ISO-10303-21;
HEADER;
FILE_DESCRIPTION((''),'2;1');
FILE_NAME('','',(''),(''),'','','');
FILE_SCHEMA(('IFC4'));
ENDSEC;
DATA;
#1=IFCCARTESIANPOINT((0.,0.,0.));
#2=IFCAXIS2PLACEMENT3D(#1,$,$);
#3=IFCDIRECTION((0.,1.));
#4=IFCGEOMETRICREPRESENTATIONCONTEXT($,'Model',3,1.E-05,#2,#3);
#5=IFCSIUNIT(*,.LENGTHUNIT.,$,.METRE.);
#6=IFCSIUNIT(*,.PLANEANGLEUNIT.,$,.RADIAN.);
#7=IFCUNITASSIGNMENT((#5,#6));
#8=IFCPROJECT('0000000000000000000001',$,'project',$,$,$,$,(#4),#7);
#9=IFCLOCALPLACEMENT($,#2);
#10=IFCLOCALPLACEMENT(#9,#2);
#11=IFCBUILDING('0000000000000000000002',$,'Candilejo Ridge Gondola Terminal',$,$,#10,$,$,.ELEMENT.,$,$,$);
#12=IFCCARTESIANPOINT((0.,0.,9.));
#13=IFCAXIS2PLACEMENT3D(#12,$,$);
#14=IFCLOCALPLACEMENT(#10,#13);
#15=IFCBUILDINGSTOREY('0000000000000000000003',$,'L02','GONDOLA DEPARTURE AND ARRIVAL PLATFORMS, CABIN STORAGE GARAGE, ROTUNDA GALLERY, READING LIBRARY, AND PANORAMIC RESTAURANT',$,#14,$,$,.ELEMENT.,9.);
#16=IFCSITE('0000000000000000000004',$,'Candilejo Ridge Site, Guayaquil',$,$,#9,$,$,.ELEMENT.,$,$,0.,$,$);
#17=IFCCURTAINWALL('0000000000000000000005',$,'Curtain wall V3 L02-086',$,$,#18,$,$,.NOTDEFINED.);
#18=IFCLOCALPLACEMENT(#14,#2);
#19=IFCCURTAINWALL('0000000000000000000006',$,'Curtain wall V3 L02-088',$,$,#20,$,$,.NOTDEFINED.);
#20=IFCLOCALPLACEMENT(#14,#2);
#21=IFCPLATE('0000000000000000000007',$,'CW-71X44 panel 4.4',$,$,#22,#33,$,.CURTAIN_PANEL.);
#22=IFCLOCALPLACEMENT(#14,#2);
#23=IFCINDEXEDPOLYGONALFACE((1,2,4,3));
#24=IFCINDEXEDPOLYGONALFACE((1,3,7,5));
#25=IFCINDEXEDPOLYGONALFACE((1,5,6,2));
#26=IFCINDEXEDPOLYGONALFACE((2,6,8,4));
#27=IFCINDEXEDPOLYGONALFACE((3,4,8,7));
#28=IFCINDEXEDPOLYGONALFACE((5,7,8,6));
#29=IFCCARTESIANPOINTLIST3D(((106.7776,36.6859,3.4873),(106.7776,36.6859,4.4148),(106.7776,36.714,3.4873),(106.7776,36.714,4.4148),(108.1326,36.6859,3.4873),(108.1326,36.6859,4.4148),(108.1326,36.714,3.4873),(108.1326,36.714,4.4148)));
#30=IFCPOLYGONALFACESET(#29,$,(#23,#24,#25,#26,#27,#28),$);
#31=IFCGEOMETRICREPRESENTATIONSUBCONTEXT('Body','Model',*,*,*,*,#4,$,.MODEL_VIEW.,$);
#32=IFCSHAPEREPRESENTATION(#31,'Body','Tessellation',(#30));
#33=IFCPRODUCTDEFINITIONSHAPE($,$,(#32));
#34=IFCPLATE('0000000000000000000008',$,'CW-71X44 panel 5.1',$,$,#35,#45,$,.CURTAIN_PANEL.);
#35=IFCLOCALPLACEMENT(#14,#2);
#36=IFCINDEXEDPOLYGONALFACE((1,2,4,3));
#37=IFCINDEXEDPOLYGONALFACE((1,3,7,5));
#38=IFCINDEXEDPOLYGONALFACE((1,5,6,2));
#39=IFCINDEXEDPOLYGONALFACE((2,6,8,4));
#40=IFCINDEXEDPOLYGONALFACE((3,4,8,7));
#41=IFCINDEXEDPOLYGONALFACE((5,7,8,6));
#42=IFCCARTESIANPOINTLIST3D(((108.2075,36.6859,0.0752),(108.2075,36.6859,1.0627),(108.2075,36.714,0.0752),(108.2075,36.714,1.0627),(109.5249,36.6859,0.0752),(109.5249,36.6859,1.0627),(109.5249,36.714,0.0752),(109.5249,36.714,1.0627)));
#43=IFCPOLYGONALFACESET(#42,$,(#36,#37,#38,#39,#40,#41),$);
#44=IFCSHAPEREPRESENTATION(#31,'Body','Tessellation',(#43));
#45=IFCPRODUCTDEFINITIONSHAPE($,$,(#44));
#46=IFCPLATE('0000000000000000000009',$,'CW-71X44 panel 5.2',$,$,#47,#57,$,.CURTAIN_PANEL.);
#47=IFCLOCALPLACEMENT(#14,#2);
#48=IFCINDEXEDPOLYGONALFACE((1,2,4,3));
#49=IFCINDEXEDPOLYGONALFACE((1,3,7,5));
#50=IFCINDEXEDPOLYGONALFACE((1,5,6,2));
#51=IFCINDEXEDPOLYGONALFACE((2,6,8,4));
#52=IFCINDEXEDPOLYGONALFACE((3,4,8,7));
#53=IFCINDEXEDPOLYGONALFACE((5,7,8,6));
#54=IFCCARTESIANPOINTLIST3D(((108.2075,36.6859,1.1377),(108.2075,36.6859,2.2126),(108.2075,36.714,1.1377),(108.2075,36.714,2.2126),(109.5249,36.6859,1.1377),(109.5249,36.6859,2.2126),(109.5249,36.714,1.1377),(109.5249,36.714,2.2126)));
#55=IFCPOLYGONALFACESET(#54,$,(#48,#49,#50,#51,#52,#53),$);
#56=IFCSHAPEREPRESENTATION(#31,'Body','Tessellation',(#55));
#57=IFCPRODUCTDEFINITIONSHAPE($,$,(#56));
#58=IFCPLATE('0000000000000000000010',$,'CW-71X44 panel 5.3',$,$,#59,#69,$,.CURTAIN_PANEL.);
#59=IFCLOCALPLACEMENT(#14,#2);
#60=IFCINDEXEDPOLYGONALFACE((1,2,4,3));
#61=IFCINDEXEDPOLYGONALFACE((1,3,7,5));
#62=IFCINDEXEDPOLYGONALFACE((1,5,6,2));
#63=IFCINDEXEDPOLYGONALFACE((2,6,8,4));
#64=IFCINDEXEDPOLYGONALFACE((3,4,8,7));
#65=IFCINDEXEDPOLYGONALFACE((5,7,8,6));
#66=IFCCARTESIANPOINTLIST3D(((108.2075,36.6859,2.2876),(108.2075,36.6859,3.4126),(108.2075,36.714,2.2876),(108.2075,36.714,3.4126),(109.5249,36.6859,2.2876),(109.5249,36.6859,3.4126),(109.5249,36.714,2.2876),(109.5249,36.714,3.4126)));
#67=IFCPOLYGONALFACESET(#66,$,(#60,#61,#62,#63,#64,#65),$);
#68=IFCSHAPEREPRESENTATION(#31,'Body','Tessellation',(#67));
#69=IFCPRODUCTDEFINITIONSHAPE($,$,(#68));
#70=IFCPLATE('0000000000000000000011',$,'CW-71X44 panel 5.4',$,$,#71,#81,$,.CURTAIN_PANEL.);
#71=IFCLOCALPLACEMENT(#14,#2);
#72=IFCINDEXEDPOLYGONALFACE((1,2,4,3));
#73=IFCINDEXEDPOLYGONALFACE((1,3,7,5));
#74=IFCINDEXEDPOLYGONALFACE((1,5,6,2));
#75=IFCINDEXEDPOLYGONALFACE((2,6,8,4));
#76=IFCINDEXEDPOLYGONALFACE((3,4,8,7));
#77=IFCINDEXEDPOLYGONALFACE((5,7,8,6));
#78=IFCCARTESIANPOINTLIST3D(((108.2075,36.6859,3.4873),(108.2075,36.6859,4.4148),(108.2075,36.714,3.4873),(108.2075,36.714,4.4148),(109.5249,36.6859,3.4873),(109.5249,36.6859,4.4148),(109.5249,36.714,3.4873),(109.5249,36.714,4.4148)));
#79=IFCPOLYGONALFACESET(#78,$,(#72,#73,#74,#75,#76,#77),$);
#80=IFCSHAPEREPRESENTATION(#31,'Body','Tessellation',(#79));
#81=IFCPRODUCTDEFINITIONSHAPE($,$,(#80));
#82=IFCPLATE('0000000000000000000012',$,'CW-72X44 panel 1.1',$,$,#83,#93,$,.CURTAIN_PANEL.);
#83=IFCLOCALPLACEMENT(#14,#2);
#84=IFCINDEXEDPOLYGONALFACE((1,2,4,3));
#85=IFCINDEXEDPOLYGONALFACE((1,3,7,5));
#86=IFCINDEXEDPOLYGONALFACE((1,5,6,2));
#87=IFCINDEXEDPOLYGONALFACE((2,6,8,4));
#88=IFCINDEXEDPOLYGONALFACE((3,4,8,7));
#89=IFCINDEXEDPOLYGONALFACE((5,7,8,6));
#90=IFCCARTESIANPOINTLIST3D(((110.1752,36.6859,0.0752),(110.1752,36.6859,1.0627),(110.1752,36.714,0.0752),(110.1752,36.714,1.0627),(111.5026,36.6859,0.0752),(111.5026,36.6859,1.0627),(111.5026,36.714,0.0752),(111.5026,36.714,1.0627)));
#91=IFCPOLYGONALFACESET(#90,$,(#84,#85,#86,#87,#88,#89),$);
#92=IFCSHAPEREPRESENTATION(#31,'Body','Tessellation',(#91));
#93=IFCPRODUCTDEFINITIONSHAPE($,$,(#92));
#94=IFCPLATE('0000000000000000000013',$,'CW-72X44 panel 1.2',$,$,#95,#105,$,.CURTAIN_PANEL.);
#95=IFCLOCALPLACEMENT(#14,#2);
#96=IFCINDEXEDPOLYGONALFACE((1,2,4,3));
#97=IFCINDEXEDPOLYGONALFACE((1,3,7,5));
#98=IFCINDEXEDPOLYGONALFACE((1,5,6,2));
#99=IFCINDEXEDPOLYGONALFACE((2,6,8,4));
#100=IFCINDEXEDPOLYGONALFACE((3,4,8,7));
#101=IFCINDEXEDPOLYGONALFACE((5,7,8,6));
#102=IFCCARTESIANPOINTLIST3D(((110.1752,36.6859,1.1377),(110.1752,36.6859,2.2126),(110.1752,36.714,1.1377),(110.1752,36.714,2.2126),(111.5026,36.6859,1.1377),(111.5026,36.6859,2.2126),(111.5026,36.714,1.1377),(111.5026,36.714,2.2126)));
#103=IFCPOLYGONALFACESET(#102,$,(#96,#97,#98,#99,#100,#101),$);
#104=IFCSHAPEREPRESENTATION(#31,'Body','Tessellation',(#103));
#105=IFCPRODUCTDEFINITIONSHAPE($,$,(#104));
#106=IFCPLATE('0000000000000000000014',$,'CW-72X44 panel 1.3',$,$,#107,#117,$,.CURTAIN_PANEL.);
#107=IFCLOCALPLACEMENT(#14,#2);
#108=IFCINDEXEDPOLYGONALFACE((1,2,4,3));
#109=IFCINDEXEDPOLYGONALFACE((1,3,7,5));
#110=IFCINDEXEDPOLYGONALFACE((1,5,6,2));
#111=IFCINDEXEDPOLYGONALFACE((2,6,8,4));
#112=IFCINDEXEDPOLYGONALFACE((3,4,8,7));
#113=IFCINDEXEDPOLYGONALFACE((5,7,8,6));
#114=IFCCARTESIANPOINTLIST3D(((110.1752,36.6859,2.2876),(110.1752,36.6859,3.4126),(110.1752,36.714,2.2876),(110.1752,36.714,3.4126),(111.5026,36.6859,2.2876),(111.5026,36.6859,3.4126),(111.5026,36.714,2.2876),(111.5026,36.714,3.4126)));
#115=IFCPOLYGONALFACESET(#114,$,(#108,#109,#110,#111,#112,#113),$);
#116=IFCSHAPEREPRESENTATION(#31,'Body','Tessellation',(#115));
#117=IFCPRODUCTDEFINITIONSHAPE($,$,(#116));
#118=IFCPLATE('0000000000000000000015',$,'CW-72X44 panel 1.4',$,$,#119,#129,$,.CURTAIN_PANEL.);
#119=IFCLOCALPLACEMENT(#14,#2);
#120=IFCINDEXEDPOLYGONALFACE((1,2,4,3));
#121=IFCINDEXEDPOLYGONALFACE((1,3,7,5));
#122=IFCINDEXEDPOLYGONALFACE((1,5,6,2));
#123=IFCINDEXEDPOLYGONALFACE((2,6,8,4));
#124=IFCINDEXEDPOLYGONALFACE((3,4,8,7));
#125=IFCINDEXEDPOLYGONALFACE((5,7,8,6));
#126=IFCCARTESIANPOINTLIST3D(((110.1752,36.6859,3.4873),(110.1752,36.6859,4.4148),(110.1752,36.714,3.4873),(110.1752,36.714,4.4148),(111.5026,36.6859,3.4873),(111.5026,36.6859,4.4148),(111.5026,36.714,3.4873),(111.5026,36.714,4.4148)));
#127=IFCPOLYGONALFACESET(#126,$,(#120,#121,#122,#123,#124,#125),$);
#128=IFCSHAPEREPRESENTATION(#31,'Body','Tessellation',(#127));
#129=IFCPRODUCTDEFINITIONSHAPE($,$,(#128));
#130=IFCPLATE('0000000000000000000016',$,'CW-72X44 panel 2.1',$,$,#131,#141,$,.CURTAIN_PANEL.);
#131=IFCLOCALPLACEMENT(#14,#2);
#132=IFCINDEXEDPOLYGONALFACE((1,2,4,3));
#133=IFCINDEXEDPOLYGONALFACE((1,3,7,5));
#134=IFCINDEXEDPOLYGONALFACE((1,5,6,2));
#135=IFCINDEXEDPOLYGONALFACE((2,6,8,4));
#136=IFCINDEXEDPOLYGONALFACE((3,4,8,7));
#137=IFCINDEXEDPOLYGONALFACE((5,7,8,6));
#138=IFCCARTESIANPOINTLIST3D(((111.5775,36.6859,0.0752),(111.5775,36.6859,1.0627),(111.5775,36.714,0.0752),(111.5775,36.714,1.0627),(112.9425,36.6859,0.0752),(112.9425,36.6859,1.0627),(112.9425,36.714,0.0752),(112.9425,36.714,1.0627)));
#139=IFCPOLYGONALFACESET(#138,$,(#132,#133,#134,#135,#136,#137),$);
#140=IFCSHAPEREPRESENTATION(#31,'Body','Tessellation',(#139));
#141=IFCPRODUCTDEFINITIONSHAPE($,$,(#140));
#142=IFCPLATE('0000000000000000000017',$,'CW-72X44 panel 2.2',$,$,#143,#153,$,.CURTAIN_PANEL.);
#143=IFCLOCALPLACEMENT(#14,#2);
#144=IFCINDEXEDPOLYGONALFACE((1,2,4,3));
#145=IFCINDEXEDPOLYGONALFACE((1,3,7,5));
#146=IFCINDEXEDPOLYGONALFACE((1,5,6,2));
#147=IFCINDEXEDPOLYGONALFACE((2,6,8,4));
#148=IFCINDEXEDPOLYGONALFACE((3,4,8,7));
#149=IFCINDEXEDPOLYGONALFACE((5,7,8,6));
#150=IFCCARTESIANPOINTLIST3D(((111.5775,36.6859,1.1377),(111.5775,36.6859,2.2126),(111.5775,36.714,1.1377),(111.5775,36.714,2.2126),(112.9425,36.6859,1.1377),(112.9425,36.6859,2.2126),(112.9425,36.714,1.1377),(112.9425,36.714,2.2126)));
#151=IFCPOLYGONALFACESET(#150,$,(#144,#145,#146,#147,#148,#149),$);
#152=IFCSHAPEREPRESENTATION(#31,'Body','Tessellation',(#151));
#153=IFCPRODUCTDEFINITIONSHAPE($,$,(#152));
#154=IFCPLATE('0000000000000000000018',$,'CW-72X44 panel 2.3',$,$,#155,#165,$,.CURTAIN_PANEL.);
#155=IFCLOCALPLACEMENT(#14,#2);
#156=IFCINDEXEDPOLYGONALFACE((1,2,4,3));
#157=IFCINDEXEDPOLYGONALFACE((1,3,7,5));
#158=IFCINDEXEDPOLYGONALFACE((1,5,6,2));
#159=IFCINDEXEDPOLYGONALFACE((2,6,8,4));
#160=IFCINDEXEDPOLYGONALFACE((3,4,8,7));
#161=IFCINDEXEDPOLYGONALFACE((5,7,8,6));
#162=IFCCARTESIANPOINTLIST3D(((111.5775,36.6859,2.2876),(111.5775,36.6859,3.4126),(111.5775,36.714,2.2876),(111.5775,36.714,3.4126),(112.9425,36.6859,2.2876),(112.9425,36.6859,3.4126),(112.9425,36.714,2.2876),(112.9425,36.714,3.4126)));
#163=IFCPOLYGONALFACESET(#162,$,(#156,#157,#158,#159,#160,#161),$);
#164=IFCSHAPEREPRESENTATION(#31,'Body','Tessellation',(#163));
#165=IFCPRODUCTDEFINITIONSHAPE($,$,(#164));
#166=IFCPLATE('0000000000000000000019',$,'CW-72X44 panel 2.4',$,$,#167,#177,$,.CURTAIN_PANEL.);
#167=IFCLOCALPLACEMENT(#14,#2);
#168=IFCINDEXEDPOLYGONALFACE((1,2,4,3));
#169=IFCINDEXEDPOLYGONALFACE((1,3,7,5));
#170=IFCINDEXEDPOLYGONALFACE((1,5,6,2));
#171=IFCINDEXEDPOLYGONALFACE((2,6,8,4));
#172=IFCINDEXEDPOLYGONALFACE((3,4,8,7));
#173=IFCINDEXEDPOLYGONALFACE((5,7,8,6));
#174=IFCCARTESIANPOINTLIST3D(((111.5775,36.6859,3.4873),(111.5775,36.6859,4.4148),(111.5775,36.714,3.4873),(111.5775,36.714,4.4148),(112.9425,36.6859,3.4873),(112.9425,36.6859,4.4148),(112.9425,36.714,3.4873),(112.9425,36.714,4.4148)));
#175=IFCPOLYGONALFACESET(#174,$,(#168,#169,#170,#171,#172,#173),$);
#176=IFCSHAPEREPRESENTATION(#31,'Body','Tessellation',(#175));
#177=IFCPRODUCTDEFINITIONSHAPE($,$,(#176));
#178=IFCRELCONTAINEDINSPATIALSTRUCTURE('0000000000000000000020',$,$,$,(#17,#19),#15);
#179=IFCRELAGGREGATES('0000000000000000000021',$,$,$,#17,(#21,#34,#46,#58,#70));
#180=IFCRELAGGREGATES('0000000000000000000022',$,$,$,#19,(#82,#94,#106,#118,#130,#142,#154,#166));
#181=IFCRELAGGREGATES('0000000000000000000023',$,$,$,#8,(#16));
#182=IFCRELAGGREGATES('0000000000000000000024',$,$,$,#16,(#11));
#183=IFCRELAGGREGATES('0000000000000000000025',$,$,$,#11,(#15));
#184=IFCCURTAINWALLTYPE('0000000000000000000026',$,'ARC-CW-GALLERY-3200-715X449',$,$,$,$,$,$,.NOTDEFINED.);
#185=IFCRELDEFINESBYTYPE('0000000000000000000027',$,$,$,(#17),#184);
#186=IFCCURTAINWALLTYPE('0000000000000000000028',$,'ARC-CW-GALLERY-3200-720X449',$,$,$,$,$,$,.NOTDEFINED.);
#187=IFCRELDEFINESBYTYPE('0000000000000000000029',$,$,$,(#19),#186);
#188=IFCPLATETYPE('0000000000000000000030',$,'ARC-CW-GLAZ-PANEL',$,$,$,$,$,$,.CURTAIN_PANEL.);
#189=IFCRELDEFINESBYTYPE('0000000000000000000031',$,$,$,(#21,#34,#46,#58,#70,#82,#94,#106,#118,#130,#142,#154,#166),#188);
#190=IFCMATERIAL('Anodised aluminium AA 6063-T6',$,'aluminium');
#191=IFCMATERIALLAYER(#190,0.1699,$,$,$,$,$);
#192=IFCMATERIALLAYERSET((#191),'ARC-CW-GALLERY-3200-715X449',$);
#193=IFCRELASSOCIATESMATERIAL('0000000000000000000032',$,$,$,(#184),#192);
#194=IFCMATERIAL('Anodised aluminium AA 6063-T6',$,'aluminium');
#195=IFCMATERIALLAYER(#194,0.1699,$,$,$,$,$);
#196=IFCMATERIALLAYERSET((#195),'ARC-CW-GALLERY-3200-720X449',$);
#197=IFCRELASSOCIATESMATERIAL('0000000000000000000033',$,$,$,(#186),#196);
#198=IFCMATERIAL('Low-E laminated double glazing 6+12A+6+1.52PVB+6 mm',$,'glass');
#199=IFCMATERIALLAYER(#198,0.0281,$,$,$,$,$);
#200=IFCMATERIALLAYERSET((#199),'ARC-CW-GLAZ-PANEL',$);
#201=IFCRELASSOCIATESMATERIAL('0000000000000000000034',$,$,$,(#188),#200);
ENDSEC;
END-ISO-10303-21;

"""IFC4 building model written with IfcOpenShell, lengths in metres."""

from ifc_helpers import new_model, si_unit, direction, frame, origin, origin_2d, place, context, subcontext, project, spatial, rectangle, extrude, material, layer, layer_set, type_object, element, aggregate, save


model = new_model("IFC4")

# Units and contexts
model_context = context("Model", 3, precision=1e-05, world=origin(), true_north=direction((0.0, 1.0)))
body_context = subcontext(model_context, "Body", "Model", "MODEL_VIEW")
ifc_project = project(units=[si_unit("LENGTHUNIT", "METRE"), si_unit("PLANEANGLEUNIT", "RADIAN")], contexts=[model_context])

# Site, building, storey
site_placement = place(None, origin())
site = spatial("IfcSite", under=ifc_project, at=site_placement, Name="Candilejo Ridge Site, Guayaquil", CompositionType="ELEMENT", RefElevation=0.0)
building_placement = place(site_placement, origin())
building = spatial("IfcBuilding", under=site, at=building_placement, Name="Candilejo Ridge Gondola Terminal", CompositionType="ELEMENT")
storey_placement = place(building_placement, frame((0.0, 0.0, 9.0)))
storey = spatial("IfcBuildingStorey", under=building, at=storey_placement, Name="L02", Description="GONDOLA DEPARTURE AND ARRIVAL PLATFORMS, CABIN STORAGE GARAGE, ROTUNDA GALLERY, READING LIBRARY, AND PANORAMIC RESTAURANT", CompositionType="ELEMENT", Elevation=9.0)

# Curtain walls
ifc_material_1 = material(Name="Anodised aluminium AA 6063-T6", Category="aluminium")
ifc_layer_1 = layer(ifc_material_1, 0.1699)
ifc_layer_set_1 = layer_set([ifc_layer_1], Name="ARC-CW-GALLERY-3200-715X449")
curtain_wall_type_1 = type_object("IfcCurtainWallType", Name="ARC-CW-GALLERY-3200-715X449", PredefinedType="NOTDEFINED", material=ifc_layer_set_1)
curtain_wall_1_placement = place(storey_placement, origin())
curtain_wall_1 = element("IfcCurtainWall", 1, at=curtain_wall_1_placement, inside=storey, type_object=curtain_wall_type_1, Name="Curtain wall V3 L02-086", PredefinedType="NOTDEFINED")
ifc_material_2 = material(Name="Anodised aluminium AA 6063-T6", Category="aluminium")
ifc_layer_2 = layer(ifc_material_2, 0.1699)
ifc_layer_set_2 = layer_set([ifc_layer_2], Name="ARC-CW-GALLERY-3200-720X449")
curtain_wall_type_2 = type_object("IfcCurtainWallType", Name="ARC-CW-GALLERY-3200-720X449", PredefinedType="NOTDEFINED", material=ifc_layer_set_2)
curtain_wall_2_placement = place(storey_placement, origin())
curtain_wall_2 = element("IfcCurtainWall", 2, at=curtain_wall_2_placement, inside=storey, type_object=curtain_wall_type_2, Name="Curtain wall V3 L02-088", PredefinedType="NOTDEFINED")

# Plates
ifc_material_3 = material(Name="Low-E laminated double glazing 6+12A+6+1.52PVB+6 mm", Category="glass")
ifc_layer_3 = layer(ifc_material_3, 0.0281)
ifc_layer_set_3 = layer_set([ifc_layer_3], Name="ARC-CW-GLAZ-PANEL")
plate_type = type_object("IfcPlateType", Name="ARC-CW-GLAZ-PANEL", PredefinedType="CURTAIN_PANEL", material=ifc_layer_set_3)
plate_1_placement = place(storey_placement, frame((107.4551, 36.7, 3.4873), z_axis=(0.0, 0.0, 1.0), x_axis=(1.0, 0.0, 0.0)))
plate_1 = element("IfcPlate", 3, at=plate_1_placement, type_object=plate_type, Name="CW-71X44 panel 4.4", PredefinedType="CURTAIN_PANEL", context=body_context, shape_type="SweptSolid", body=[
    extrude(rectangle(XDim=1.355, YDim=0.0281, at=origin_2d()), origin(), (0.0, 0.0, 1.0), 0.9275),
])
plate_2_placement = place(storey_placement, frame((108.8662, 36.7, 0.0752), z_axis=(0.0, 0.0, 1.0), x_axis=(1.0, 0.0, 0.0)))
plate_2 = element("IfcPlate", 4, at=plate_2_placement, type_object=plate_type, Name="CW-71X44 panel 5.1", PredefinedType="CURTAIN_PANEL", context=body_context, shape_type="SweptSolid", body=[
    extrude(rectangle(XDim=1.3174, YDim=0.0281, at=origin_2d()), origin(), (0.0, 0.0, 1.0), 0.9875),
])
plate_3_placement = place(storey_placement, frame((108.8662, 36.7, 1.1377), z_axis=(0.0, 0.0, 1.0), x_axis=(1.0, 0.0, 0.0)))
plate_3 = element("IfcPlate", 5, at=plate_3_placement, type_object=plate_type, Name="CW-71X44 panel 5.2", PredefinedType="CURTAIN_PANEL", context=body_context, shape_type="SweptSolid", body=[
    extrude(rectangle(XDim=1.3174, YDim=0.0281, at=origin_2d()), origin(), (0.0, 0.0, 1.0), 1.075),
])
plate_4_placement = place(storey_placement, frame((108.8662, 36.7, 2.2876), z_axis=(0.0, 0.0, 1.0), x_axis=(1.0, 0.0, 0.0)))
plate_4 = element("IfcPlate", 6, at=plate_4_placement, type_object=plate_type, Name="CW-71X44 panel 5.3", PredefinedType="CURTAIN_PANEL", context=body_context, shape_type="SweptSolid", body=[
    extrude(rectangle(XDim=1.3174, YDim=0.0281, at=origin_2d()), origin(), (0.0, 0.0, 1.0), 1.125),
])
plate_5_placement = place(storey_placement, frame((108.8662, 36.7, 3.4873), z_axis=(0.0, 0.0, 1.0), x_axis=(1.0, 0.0, 0.0)))
plate_5 = element("IfcPlate", 7, at=plate_5_placement, type_object=plate_type, Name="CW-71X44 panel 5.4", PredefinedType="CURTAIN_PANEL", context=body_context, shape_type="SweptSolid", body=[
    extrude(rectangle(XDim=1.3174, YDim=0.0281, at=origin_2d()), origin(), (0.0, 0.0, 1.0), 0.9275),
])
aggregate(curtain_wall_1, [plate_1, plate_2, plate_3, plate_4, plate_5])
plate_6_placement = place(storey_placement, frame((110.8389, 36.7, 0.0752), z_axis=(0.0, 0.0, 1.0), x_axis=(1.0, 0.0, 0.0)))
plate_6 = element("IfcPlate", 8, at=plate_6_placement, type_object=plate_type, Name="CW-72X44 panel 1.1", PredefinedType="CURTAIN_PANEL", context=body_context, shape_type="SweptSolid", body=[
    extrude(rectangle(XDim=1.3274, YDim=0.0281, at=origin_2d()), origin(), (0.0, 0.0, 1.0), 0.9875),
])
plate_7_placement = place(storey_placement, frame((110.8389, 36.7, 1.1377), z_axis=(0.0, 0.0, 1.0), x_axis=(1.0, 0.0, 0.0)))
plate_7 = element("IfcPlate", 9, at=plate_7_placement, type_object=plate_type, Name="CW-72X44 panel 1.2", PredefinedType="CURTAIN_PANEL", context=body_context, shape_type="SweptSolid", body=[
    extrude(rectangle(XDim=1.3274, YDim=0.0281, at=origin_2d()), origin(), (0.0, 0.0, 1.0), 1.075),
])
plate_8_placement = place(storey_placement, frame((110.8389, 36.7, 2.2876), z_axis=(0.0, 0.0, 1.0), x_axis=(1.0, 0.0, 0.0)))
plate_8 = element("IfcPlate", 10, at=plate_8_placement, type_object=plate_type, Name="CW-72X44 panel 1.3", PredefinedType="CURTAIN_PANEL", context=body_context, shape_type="SweptSolid", body=[
    extrude(rectangle(XDim=1.3274, YDim=0.0281, at=origin_2d()), origin(), (0.0, 0.0, 1.0), 1.125),
])
plate_9_placement = place(storey_placement, frame((110.8389, 36.7, 3.4873), z_axis=(0.0, 0.0, 1.0), x_axis=(1.0, 0.0, 0.0)))
plate_9 = element("IfcPlate", 11, at=plate_9_placement, type_object=plate_type, Name="CW-72X44 panel 1.4", PredefinedType="CURTAIN_PANEL", context=body_context, shape_type="SweptSolid", body=[
    extrude(rectangle(XDim=1.3274, YDim=0.0281, at=origin_2d()), origin(), (0.0, 0.0, 1.0), 0.9275),
])
plate_10_placement = place(storey_placement, frame((112.26, 36.7, 0.0752), z_axis=(0.0, 0.0, 1.0), x_axis=(1.0, 0.0, 0.0)))
plate_10 = element("IfcPlate", 12, at=plate_10_placement, type_object=plate_type, Name="CW-72X44 panel 2.1", PredefinedType="CURTAIN_PANEL", context=body_context, shape_type="SweptSolid", body=[
    extrude(rectangle(XDim=1.365, YDim=0.0281, at=origin_2d()), origin(), (0.0, 0.0, 1.0), 0.9875),
])
plate_11_placement = place(storey_placement, frame((112.26, 36.7, 1.1377), z_axis=(0.0, 0.0, 1.0), x_axis=(1.0, 0.0, 0.0)))
plate_11 = element("IfcPlate", 13, at=plate_11_placement, type_object=plate_type, Name="CW-72X44 panel 2.2", PredefinedType="CURTAIN_PANEL", context=body_context, shape_type="SweptSolid", body=[
    extrude(rectangle(XDim=1.365, YDim=0.0281, at=origin_2d()), origin(), (0.0, 0.0, 1.0), 1.075),
])
plate_12_placement = place(storey_placement, frame((112.26, 36.7, 2.2876), z_axis=(0.0, 0.0, 1.0), x_axis=(1.0, 0.0, 0.0)))
plate_12 = element("IfcPlate", 14, at=plate_12_placement, type_object=plate_type, Name="CW-72X44 panel 2.3", PredefinedType="CURTAIN_PANEL", context=body_context, shape_type="SweptSolid", body=[
    extrude(rectangle(XDim=1.365, YDim=0.0281, at=origin_2d()), origin(), (0.0, 0.0, 1.0), 1.125),
])
plate_13_placement = place(storey_placement, frame((112.26, 36.7, 3.4873), z_axis=(0.0, 0.0, 1.0), x_axis=(1.0, 0.0, 0.0)))
plate_13 = element("IfcPlate", 15, at=plate_13_placement, type_object=plate_type, Name="CW-72X44 panel 2.4", PredefinedType="CURTAIN_PANEL", context=body_context, shape_type="SweptSolid", body=[
    extrude(rectangle(XDim=1.365, YDim=0.0281, at=origin_2d()), origin(), (0.0, 0.0, 1.0), 0.9275),
])
aggregate(curtain_wall_2, [plate_6, plate_7, plate_8, plate_9, plate_10, plate_11, plate_12, plate_13])

save(model, "model.ifc")
